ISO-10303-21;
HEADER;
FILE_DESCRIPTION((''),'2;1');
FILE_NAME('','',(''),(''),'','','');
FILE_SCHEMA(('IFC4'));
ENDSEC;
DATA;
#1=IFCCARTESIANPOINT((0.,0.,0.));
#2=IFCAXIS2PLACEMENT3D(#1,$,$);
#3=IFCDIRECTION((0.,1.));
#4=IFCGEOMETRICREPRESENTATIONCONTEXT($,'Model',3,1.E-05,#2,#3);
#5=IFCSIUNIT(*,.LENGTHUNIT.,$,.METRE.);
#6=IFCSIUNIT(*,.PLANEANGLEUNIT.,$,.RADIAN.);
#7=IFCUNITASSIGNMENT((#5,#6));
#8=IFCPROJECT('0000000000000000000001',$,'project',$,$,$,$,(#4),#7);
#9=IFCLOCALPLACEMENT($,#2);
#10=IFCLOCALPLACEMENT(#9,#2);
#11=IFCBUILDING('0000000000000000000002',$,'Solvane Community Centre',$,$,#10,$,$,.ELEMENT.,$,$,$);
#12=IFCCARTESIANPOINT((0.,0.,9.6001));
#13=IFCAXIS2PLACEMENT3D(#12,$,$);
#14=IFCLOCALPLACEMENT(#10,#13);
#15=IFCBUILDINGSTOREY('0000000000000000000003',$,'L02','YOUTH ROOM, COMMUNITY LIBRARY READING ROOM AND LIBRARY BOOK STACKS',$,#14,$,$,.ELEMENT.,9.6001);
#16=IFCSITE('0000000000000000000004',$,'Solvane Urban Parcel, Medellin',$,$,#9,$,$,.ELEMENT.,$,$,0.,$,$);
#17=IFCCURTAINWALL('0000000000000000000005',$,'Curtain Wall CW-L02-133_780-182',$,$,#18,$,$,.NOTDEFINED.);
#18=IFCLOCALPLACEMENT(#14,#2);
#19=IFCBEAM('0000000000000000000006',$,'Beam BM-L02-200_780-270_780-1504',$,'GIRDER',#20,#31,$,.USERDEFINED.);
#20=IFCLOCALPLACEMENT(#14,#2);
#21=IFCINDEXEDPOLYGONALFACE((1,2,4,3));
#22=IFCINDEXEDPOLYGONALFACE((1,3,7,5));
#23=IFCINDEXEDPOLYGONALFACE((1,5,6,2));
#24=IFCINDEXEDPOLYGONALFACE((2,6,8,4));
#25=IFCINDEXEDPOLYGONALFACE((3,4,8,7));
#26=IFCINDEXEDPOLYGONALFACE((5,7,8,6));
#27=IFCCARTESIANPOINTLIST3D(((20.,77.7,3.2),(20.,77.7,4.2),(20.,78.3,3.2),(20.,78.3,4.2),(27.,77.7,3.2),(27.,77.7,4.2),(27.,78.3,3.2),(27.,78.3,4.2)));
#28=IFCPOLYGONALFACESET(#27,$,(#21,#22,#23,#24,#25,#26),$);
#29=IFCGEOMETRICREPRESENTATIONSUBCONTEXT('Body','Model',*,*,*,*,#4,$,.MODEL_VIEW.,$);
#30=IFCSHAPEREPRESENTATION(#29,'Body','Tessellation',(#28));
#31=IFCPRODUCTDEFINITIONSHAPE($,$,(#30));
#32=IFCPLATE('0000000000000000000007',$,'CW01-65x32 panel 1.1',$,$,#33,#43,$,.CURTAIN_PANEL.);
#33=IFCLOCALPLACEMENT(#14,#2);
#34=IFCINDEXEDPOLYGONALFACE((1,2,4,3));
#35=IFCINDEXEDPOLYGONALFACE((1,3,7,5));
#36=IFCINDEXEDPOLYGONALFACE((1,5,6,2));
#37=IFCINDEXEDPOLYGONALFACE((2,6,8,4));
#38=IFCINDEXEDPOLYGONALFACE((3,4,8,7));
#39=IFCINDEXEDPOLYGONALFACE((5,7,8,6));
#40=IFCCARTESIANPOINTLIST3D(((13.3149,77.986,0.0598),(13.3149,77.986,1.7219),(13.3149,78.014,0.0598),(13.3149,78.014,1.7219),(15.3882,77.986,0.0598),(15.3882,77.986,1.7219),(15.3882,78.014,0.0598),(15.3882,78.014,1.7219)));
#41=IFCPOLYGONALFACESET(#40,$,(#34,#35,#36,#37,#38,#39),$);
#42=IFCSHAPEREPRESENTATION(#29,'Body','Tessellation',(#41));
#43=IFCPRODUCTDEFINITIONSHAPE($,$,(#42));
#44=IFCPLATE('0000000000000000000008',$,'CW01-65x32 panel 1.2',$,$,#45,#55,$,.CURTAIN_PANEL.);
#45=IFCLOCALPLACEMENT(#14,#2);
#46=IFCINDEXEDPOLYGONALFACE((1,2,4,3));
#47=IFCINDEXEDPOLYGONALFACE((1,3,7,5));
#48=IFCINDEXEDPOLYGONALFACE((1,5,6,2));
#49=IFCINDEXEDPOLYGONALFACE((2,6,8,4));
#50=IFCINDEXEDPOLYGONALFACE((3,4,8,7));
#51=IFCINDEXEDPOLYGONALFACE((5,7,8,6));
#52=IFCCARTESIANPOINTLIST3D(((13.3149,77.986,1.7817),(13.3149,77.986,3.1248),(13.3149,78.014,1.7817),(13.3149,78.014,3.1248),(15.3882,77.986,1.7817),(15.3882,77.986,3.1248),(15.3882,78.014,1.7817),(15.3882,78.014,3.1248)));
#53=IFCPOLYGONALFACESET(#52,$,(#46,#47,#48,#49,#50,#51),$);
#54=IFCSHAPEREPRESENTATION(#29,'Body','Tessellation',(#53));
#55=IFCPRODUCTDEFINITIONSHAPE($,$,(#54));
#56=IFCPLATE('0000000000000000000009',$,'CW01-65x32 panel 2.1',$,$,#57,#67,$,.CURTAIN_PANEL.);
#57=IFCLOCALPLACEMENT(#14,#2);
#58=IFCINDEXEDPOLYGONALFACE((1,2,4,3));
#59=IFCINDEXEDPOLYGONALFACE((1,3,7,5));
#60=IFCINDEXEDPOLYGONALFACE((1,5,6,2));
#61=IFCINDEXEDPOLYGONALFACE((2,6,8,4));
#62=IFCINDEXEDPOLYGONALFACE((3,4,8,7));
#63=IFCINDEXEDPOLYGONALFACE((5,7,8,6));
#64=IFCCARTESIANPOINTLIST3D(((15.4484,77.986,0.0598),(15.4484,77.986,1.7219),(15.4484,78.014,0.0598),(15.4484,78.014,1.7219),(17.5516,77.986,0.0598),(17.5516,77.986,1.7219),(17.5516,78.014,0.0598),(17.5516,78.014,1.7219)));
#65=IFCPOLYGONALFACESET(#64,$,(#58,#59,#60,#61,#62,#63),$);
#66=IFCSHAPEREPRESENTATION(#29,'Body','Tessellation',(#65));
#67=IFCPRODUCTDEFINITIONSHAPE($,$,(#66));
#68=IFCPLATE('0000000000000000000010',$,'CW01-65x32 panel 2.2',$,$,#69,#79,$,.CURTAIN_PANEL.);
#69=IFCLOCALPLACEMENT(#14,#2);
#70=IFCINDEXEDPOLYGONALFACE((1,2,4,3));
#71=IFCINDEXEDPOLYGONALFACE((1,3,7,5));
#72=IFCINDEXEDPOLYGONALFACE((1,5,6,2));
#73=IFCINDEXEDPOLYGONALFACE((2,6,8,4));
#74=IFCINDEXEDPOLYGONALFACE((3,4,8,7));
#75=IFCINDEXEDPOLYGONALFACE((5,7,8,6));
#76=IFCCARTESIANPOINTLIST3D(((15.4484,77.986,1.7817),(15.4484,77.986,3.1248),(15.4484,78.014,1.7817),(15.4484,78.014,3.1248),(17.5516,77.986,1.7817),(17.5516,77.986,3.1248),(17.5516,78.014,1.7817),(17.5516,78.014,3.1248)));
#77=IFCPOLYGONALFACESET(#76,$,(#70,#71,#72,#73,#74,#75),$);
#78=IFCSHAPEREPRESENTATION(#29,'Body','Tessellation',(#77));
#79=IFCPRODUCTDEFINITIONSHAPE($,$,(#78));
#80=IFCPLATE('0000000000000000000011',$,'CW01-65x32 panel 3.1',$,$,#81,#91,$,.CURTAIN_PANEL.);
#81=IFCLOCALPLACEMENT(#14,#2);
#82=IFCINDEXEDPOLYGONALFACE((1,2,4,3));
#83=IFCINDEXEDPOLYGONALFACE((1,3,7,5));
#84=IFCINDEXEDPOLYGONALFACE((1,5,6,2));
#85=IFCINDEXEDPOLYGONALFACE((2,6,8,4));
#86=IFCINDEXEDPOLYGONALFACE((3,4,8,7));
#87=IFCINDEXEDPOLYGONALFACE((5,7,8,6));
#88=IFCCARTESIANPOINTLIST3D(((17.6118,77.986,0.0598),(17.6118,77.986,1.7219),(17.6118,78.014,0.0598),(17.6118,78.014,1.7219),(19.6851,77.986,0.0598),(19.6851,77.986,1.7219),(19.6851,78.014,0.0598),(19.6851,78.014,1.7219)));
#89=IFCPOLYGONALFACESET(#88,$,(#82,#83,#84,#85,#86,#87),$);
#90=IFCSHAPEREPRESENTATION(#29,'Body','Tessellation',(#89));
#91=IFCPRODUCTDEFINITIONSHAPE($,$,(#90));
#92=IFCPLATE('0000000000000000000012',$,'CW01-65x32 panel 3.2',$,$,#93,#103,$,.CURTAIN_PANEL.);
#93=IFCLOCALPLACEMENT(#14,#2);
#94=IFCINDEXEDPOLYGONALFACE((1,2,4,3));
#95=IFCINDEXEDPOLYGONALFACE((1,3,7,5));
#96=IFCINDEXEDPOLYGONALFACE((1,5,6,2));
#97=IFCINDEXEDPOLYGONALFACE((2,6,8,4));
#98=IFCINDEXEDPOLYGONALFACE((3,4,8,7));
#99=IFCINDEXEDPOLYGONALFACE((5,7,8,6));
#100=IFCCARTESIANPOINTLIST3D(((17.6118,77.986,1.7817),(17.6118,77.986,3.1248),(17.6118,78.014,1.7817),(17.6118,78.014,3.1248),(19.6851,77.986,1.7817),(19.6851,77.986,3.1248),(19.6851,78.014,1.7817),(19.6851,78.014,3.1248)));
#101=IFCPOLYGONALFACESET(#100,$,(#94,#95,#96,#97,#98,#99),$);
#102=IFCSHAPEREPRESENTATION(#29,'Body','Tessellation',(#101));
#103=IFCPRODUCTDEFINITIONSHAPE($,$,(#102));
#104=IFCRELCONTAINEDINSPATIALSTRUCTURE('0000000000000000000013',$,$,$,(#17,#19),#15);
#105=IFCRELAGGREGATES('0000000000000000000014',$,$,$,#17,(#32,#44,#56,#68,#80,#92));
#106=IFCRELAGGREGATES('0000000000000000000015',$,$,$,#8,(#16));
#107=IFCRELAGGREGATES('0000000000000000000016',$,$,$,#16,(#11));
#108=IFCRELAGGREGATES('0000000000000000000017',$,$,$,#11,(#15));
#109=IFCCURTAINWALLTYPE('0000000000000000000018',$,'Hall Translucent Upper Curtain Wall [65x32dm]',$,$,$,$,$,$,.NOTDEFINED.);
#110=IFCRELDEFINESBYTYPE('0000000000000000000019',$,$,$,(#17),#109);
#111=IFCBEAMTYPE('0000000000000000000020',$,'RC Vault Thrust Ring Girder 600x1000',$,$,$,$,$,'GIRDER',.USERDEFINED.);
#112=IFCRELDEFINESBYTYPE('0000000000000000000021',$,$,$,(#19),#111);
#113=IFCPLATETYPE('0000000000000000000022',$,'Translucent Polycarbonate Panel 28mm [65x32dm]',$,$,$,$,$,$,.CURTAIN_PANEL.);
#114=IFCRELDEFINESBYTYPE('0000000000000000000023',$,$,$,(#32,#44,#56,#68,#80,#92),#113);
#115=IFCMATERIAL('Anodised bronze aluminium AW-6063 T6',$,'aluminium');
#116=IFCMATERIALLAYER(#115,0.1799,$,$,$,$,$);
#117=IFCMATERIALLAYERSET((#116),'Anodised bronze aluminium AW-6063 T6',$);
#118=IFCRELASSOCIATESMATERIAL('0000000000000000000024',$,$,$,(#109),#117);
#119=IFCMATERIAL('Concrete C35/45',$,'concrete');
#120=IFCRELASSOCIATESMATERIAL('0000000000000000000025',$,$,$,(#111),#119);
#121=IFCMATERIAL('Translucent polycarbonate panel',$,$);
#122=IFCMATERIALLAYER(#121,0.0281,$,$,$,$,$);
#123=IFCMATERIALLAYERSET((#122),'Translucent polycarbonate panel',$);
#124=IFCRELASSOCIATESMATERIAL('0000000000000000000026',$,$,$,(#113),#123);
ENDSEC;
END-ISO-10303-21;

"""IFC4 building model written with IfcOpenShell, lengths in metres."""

from ifc_helpers import new_model, si_unit, direction, frame, origin, origin_2d, place, context, subcontext, project, spatial, rectangle, extrude, material, layer, layer_set, material_profile, profile_set, type_object, element, aggregate, save


model = new_model("IFC4")

# Units and contexts
model_context = context("Model", 3, precision=1e-05, world=origin(), true_north=direction((0.0, 1.0)))
body_context = subcontext(model_context, "Body", "Model", "MODEL_VIEW")
ifc_project = project(units=[si_unit("LENGTHUNIT", "METRE"), si_unit("PLANEANGLEUNIT", "RADIAN")], contexts=[model_context])

# Site, building, storey
site_placement = place(None, origin())
site = spatial("IfcSite", under=ifc_project, at=site_placement, Name="Solvane Urban Parcel, Medellin", CompositionType="ELEMENT", RefElevation=0.0)
building_placement = place(site_placement, origin())
building = spatial("IfcBuilding", under=site, at=building_placement, Name="Solvane Community Centre", CompositionType="ELEMENT")
storey_placement = place(building_placement, frame((0.0, 0.0, 9.6001)))
storey = spatial("IfcBuildingStorey", under=building, at=storey_placement, Name="L02", Description="YOUTH ROOM, COMMUNITY LIBRARY READING ROOM AND LIBRARY BOOK STACKS", CompositionType="ELEMENT", Elevation=9.6001)

# Curtain wall
ifc_material_1 = material(Name="Anodised bronze aluminium AW-6063 T6", Category="aluminium")
ifc_layer_1 = layer(ifc_material_1, 0.1799)
ifc_layer_set_1 = layer_set([ifc_layer_1], Name="Anodised bronze aluminium AW-6063 T6")
curtain_wall_type = type_object("IfcCurtainWallType", Name="Hall Translucent Upper Curtain Wall [65x32dm]", PredefinedType="NOTDEFINED", material=ifc_layer_set_1)
curtain_wall_1_placement = place(storey_placement, origin())
curtain_wall_1 = element("IfcCurtainWall", 1, at=curtain_wall_1_placement, inside=storey, type_object=curtain_wall_type, Name="Curtain Wall CW-L02-133_780-182", PredefinedType="NOTDEFINED")

# Beam
ifc_material_2 = material(Name="Concrete C35/45", Category="concrete")
ifc_material_profile_1 = material_profile(ifc_material_2, rectangle(XDim=0.6001, YDim=1.0, at=origin_2d()), Name="RC 600x1000")
ifc_profile_set_1 = profile_set([ifc_material_profile_1], Name="Concrete C35/45")
beam_type = type_object("IfcBeamType", Name="RC Vault Thrust Ring Girder 600x1000", ElementType="GIRDER", PredefinedType="USERDEFINED", material=ifc_profile_set_1)
for number, where, z_axis, x_axis, name in (
    (2, (20.0, 78.0, 3.7), (1.0, 0.0, 0.0), (0.0, 1.0, 0.0), "Beam BM-L02-200_780-270_780-1504"),
):
    element("IfcBeam", number, at=place(storey_placement, frame(where, z_axis=z_axis, x_axis=x_axis)), inside=storey, type_object=beam_type, Name=name, ObjectType="GIRDER", PredefinedType="USERDEFINED", context=body_context, shape_type="SweptSolid", body=[
        extrude(rectangle(XDim=0.6001, YDim=1.0, at=origin_2d()), origin(), (0.0, 0.0, 1.0), 7.0),
    ])

# Plates
ifc_material_3 = material(Name="Translucent polycarbonate panel")
ifc_layer_2 = layer(ifc_material_3, 0.0281)
ifc_layer_set_2 = layer_set([ifc_layer_2], Name="Translucent polycarbonate panel")
plate_type = type_object("IfcPlateType", Name="Translucent Polycarbonate Panel 28mm [65x32dm]", PredefinedType="CURTAIN_PANEL", material=ifc_layer_set_2)
plate_1_placement = place(storey_placement, frame((14.3516, 78.0, 0.0598), z_axis=(0.0, 0.0, 1.0), x_axis=(1.0, 0.0, 0.0)))
plate_1 = element("IfcPlate", 3, at=plate_1_placement, type_object=plate_type, Name="CW01-65x32 panel 1.1", PredefinedType="CURTAIN_PANEL", context=body_context, shape_type="SweptSolid", body=[
    extrude(rectangle(XDim=2.0732, YDim=0.0281, at=origin_2d()), origin(), (0.0, 0.0, 1.0), 1.6621),
])
plate_2_placement = place(storey_placement, frame((14.3516, 78.0, 1.7817), z_axis=(0.0, 0.0, 1.0), x_axis=(1.0, 0.0, 0.0)))
plate_2 = element("IfcPlate", 4, at=plate_2_placement, type_object=plate_type, Name="CW01-65x32 panel 1.2", PredefinedType="CURTAIN_PANEL", context=body_context, shape_type="SweptSolid", body=[
    extrude(rectangle(XDim=2.0732, YDim=0.0281, at=origin_2d()), origin(), (0.0, 0.0, 1.0), 1.343),
])
plate_3_placement = place(storey_placement, frame((16.5, 78.0, 0.0598), z_axis=(0.0, 0.0, 1.0), x_axis=(1.0, 0.0, 0.0)))
plate_3 = element("IfcPlate", 5, at=plate_3_placement, type_object=plate_type, Name="CW01-65x32 panel 2.1", PredefinedType="CURTAIN_PANEL", context=body_context, shape_type="SweptSolid", body=[
    extrude(rectangle(XDim=2.1033, YDim=0.0281, at=origin_2d()), origin(), (0.0, 0.0, 1.0), 1.6621),
])
plate_4_placement = place(storey_placement, frame((16.5, 78.0, 1.7817), z_axis=(0.0, 0.0, 1.0), x_axis=(1.0, 0.0, 0.0)))
plate_4 = element("IfcPlate", 6, at=plate_4_placement, type_object=plate_type, Name="CW01-65x32 panel 2.2", PredefinedType="CURTAIN_PANEL", context=body_context, shape_type="SweptSolid", body=[
    extrude(rectangle(XDim=2.1033, YDim=0.0281, at=origin_2d()), origin(), (0.0, 0.0, 1.0), 1.343),
])
plate_5_placement = place(storey_placement, frame((18.6484, 78.0, 0.0598), z_axis=(0.0, 0.0, 1.0), x_axis=(1.0, 0.0, 0.0)))
plate_5 = element("IfcPlate", 7, at=plate_5_placement, type_object=plate_type, Name="CW01-65x32 panel 3.1", PredefinedType="CURTAIN_PANEL", context=body_context, shape_type="SweptSolid", body=[
    extrude(rectangle(XDim=2.0732, YDim=0.0281, at=origin_2d()), origin(), (0.0, 0.0, 1.0), 1.6621),
])
plate_6_placement = place(storey_placement, frame((18.6484, 78.0, 1.7817), z_axis=(0.0, 0.0, 1.0), x_axis=(1.0, 0.0, 0.0)))
plate_6 = element("IfcPlate", 8, at=plate_6_placement, type_object=plate_type, Name="CW01-65x32 panel 3.2", PredefinedType="CURTAIN_PANEL", context=body_context, shape_type="SweptSolid", body=[
    extrude(rectangle(XDim=2.0732, YDim=0.0281, at=origin_2d()), origin(), (0.0, 0.0, 1.0), 1.343),
])
aggregate(curtain_wall_1, [plate_1, plate_2, plate_3, plate_4, plate_5, plate_6])

save(model, "model.ifc")
